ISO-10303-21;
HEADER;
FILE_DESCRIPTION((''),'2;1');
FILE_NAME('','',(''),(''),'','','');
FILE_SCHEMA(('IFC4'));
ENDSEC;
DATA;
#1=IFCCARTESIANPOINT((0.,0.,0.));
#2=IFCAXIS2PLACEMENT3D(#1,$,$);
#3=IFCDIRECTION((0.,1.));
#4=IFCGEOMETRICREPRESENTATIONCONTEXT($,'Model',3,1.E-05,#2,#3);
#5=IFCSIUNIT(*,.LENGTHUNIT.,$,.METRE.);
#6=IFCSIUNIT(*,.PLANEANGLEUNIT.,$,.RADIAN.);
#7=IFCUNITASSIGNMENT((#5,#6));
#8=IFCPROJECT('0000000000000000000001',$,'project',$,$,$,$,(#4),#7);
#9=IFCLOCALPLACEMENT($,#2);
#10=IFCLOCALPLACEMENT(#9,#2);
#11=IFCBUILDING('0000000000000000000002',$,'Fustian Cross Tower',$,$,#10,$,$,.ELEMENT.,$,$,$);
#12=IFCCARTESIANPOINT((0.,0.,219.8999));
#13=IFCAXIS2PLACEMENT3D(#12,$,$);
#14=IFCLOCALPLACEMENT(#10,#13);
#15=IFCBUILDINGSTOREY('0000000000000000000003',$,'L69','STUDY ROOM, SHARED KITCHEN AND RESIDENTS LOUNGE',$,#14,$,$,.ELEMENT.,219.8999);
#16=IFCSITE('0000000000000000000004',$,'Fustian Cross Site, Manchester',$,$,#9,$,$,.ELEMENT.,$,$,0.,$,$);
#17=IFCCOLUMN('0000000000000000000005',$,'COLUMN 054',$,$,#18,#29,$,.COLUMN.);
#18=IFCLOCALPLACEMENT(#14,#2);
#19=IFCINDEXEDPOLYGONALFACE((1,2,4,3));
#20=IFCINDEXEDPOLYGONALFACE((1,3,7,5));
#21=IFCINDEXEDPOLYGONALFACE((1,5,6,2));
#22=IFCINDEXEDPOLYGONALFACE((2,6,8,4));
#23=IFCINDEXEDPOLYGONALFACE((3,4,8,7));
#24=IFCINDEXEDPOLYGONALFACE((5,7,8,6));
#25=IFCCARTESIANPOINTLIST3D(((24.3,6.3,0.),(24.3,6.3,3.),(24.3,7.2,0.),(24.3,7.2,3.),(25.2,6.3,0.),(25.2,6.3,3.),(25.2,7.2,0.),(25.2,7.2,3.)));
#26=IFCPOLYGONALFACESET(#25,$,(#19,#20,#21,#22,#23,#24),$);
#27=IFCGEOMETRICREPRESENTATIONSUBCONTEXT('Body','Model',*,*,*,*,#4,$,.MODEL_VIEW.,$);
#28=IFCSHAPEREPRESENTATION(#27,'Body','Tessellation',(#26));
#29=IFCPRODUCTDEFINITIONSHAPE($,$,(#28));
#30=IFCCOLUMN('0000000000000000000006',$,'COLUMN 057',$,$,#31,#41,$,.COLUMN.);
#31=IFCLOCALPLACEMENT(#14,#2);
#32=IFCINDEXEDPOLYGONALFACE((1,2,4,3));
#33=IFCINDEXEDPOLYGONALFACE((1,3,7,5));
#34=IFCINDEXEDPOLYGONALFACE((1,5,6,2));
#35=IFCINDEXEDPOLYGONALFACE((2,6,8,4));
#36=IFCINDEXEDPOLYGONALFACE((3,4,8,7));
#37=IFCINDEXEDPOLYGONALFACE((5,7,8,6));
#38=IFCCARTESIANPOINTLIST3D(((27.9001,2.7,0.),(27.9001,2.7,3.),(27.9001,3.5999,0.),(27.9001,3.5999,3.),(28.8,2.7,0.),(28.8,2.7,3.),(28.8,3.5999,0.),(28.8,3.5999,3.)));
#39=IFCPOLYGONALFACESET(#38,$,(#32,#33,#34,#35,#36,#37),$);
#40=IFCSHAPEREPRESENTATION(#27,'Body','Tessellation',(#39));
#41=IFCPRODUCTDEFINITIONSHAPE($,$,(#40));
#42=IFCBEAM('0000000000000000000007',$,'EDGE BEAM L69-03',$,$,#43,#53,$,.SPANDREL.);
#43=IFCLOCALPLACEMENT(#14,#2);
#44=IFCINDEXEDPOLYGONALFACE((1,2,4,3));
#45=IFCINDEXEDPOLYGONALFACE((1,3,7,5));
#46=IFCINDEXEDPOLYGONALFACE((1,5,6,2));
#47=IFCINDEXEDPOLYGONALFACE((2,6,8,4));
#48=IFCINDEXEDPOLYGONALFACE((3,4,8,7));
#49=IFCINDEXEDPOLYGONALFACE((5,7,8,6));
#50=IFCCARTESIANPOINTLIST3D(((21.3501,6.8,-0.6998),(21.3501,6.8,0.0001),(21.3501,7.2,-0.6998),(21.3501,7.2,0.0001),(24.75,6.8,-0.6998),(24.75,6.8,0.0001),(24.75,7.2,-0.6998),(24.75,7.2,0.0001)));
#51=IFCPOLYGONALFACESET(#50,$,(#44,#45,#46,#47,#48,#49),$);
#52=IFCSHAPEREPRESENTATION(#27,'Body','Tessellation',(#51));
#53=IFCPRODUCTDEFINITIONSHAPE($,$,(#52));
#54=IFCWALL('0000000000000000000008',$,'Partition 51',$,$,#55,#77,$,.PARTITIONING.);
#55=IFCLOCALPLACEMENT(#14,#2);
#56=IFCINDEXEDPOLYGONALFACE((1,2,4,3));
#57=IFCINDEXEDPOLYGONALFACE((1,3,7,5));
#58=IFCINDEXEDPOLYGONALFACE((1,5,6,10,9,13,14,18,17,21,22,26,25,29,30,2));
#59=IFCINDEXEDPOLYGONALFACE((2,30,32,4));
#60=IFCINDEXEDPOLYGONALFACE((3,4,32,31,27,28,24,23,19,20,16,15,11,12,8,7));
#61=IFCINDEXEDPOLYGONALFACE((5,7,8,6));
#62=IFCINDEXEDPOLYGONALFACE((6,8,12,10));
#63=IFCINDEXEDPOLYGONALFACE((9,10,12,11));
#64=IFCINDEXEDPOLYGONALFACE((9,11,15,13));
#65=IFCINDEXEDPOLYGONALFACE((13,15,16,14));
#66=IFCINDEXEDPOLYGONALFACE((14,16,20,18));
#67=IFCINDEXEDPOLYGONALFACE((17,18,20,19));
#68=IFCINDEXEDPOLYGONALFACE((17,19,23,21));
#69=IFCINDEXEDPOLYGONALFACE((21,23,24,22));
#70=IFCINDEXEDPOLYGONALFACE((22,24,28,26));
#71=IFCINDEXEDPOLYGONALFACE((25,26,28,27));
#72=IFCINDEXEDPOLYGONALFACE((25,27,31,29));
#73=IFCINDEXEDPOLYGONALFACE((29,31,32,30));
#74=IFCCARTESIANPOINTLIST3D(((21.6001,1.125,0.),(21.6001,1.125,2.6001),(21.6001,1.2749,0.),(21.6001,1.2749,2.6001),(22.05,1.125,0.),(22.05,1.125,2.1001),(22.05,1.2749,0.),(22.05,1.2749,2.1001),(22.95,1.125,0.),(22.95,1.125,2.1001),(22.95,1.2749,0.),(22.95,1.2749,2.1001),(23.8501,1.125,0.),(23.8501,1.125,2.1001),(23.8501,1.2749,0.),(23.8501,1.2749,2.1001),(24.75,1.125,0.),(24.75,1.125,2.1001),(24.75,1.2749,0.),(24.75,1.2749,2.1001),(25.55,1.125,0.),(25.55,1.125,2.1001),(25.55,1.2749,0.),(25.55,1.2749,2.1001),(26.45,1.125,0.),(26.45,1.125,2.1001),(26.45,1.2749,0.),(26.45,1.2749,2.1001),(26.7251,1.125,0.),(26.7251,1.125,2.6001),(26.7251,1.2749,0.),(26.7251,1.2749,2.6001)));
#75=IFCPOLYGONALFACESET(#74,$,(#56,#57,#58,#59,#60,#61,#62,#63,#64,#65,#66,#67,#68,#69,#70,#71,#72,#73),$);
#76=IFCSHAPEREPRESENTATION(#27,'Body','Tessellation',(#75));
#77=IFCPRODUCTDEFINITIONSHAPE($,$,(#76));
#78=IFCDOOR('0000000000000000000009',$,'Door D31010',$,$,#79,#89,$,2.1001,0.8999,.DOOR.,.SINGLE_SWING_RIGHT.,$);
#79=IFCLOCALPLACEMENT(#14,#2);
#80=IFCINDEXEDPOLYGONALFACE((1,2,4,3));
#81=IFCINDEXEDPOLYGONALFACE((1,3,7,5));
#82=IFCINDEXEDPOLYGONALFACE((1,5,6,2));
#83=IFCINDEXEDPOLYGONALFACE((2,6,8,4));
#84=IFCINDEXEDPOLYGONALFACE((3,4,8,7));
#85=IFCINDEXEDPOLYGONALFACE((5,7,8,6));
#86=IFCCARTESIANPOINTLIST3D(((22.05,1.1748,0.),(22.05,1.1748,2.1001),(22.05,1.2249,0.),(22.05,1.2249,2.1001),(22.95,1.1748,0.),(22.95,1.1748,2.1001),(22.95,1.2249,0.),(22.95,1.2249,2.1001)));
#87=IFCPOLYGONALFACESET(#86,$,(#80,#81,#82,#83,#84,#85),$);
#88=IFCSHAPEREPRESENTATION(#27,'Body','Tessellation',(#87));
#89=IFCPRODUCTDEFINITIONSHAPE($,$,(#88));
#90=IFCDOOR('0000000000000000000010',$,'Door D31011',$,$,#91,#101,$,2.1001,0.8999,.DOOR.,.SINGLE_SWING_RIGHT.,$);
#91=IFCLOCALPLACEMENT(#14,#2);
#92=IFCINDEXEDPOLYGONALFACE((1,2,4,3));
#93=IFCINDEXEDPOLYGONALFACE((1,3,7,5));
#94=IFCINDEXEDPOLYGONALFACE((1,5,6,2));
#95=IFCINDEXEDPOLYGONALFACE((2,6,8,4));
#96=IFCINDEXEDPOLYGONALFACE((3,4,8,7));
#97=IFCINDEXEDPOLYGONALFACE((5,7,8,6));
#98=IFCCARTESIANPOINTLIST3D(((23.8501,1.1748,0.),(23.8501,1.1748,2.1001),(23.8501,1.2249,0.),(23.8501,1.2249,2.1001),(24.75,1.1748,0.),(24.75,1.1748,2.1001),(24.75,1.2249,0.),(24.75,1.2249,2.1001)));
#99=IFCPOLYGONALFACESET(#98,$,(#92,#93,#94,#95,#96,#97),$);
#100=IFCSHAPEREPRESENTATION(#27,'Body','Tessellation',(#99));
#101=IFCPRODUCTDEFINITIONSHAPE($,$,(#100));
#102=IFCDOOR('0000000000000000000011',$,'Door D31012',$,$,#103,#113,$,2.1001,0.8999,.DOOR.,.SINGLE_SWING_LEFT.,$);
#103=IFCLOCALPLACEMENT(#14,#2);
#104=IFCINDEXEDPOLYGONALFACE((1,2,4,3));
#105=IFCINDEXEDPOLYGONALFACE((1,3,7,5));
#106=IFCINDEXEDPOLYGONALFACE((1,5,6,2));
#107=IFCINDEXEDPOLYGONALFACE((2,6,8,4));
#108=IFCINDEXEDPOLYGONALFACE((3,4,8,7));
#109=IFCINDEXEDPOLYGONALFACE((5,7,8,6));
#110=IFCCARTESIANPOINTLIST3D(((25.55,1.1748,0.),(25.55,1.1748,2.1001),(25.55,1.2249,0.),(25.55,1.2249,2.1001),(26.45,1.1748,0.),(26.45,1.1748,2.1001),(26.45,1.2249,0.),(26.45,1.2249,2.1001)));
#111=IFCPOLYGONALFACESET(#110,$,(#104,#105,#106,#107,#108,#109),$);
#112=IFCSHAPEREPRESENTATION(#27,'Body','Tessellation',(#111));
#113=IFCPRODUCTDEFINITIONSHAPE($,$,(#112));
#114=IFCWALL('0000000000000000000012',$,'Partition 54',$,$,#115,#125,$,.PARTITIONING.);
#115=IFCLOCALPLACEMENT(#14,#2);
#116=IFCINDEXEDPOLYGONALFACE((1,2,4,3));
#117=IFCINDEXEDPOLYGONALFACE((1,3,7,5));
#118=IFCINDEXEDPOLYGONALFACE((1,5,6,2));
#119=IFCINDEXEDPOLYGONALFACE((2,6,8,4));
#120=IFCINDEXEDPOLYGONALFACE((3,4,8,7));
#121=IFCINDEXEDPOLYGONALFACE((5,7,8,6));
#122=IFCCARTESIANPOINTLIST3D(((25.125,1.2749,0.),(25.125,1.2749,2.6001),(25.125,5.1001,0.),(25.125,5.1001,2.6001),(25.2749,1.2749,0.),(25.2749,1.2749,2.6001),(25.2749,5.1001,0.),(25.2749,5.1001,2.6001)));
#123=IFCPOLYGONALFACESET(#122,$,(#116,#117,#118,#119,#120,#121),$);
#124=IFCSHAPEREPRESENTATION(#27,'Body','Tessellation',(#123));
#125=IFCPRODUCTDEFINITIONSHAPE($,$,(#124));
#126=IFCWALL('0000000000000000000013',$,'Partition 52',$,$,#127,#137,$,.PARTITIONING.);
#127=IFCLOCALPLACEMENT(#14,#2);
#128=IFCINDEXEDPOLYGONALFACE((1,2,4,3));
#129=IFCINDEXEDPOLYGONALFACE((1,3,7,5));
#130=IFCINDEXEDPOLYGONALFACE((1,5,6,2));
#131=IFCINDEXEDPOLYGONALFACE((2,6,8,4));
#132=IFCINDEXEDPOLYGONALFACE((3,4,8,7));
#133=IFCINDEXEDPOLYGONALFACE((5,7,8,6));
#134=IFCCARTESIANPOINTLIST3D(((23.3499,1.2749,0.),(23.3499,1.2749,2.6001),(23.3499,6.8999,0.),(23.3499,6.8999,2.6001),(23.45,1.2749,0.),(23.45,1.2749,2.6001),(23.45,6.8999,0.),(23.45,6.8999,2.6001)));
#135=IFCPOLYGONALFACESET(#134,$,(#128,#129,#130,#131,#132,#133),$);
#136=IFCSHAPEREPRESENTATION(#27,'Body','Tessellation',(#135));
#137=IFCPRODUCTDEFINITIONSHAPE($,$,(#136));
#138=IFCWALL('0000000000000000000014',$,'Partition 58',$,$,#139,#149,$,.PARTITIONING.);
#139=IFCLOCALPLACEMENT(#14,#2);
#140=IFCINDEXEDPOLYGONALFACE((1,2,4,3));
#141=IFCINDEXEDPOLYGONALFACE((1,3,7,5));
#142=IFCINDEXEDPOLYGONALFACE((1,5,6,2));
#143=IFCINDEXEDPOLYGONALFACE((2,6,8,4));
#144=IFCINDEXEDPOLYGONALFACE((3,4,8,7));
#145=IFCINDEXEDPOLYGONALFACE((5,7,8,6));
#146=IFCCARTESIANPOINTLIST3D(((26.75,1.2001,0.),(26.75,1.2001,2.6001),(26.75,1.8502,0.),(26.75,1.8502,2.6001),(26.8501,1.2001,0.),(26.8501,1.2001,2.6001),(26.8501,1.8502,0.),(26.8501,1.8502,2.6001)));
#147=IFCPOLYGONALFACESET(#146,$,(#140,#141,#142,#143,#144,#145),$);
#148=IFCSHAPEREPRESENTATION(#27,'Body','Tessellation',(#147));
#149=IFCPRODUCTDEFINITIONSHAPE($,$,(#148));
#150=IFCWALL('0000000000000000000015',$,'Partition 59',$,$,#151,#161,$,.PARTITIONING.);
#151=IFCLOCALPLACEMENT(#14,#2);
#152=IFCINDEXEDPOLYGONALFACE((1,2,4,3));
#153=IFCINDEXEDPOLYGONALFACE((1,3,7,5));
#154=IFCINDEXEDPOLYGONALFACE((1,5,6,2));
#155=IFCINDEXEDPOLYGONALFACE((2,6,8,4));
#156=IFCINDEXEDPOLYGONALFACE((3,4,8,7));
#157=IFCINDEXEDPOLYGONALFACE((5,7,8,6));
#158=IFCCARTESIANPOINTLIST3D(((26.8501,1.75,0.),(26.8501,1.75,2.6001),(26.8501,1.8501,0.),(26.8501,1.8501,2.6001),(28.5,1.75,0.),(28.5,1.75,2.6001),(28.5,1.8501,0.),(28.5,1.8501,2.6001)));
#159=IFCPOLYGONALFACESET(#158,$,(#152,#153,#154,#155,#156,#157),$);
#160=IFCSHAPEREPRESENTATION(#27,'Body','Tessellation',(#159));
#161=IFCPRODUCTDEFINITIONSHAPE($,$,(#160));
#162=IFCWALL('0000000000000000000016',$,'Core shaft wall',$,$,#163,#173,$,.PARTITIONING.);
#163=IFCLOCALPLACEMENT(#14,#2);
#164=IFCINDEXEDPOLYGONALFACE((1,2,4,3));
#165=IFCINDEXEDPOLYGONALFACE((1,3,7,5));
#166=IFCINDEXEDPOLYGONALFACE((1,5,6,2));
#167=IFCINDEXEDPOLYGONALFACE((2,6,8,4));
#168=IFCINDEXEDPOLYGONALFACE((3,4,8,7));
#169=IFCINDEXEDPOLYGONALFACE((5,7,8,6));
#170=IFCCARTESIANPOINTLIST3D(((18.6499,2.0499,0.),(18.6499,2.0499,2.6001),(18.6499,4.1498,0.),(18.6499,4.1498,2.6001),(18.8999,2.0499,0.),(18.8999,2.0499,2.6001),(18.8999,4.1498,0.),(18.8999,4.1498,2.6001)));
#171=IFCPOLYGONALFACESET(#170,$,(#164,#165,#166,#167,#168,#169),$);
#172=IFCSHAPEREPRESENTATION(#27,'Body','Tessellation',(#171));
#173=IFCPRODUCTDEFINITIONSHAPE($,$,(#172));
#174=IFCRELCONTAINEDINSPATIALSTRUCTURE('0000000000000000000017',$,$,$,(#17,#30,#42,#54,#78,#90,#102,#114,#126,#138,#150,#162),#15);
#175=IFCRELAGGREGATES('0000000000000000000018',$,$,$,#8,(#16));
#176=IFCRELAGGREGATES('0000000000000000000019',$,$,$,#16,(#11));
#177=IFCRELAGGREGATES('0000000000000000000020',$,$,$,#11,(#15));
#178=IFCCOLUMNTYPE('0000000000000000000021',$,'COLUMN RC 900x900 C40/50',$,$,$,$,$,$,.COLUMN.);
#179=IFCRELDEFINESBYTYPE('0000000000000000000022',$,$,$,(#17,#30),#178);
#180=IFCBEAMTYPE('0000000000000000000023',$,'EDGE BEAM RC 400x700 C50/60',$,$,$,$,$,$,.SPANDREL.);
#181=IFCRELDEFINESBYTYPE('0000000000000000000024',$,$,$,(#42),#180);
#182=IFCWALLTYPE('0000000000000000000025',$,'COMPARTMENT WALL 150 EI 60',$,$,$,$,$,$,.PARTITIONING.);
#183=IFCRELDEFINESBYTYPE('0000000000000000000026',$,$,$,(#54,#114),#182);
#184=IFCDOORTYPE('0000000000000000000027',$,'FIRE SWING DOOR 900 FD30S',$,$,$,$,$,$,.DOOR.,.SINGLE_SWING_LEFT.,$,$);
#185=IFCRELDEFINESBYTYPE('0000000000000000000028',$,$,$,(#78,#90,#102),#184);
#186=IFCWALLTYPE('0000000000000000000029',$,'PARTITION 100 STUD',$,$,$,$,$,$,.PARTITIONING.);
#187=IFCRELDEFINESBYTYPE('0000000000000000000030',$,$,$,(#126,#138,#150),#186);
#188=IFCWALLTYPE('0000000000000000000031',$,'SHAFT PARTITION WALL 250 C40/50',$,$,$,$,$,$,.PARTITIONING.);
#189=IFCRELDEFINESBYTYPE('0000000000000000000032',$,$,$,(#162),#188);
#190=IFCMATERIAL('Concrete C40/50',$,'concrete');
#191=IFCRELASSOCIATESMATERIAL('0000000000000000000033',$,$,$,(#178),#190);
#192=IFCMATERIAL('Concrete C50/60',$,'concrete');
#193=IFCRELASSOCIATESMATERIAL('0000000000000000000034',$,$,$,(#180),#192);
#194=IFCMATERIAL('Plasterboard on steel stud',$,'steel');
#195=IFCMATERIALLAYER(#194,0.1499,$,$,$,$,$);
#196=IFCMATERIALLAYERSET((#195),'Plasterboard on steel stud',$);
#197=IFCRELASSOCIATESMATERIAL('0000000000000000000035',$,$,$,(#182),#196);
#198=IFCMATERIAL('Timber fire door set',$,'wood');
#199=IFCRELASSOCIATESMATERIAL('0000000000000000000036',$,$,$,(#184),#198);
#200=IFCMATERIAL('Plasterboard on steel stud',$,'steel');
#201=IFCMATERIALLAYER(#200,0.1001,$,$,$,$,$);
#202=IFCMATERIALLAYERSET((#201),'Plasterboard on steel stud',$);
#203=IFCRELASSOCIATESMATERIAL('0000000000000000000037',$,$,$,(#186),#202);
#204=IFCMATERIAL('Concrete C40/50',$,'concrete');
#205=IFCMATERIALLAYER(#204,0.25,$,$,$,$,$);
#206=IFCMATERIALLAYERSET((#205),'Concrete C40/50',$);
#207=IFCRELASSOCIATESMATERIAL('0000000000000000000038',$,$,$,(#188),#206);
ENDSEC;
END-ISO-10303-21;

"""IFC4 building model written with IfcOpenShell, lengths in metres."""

from ifc_helpers import new_model, si_unit, direction, frame, frame_2d, origin, origin_2d, place, context, subcontext, project, spatial, rectangle, extrude, material, layer, layer_set, material_profile, profile_set, type_object, element, fill, save


model = new_model("IFC4")

# Units and contexts
model_context = context("Model", 3, precision=1e-05, world=origin(), true_north=direction((0.0, 1.0)))
body_context = subcontext(model_context, "Body", "Model", "MODEL_VIEW")
ifc_project = project(units=[si_unit("LENGTHUNIT", "METRE"), si_unit("PLANEANGLEUNIT", "RADIAN")], contexts=[model_context])

# Site, building, storey
site_placement = place(None, origin())
site = spatial("IfcSite", under=ifc_project, at=site_placement, Name="Fustian Cross Site, Manchester", CompositionType="ELEMENT", RefElevation=0.0)
building_placement = place(site_placement, origin())
building = spatial("IfcBuilding", under=site, at=building_placement, Name="Fustian Cross Tower", CompositionType="ELEMENT")
storey_placement = place(building_placement, frame((0.0, 0.0, 219.8999)))
storey = spatial("IfcBuildingStorey", under=building, at=storey_placement, Name="L69", Description="STUDY ROOM, SHARED KITCHEN AND RESIDENTS LOUNGE", CompositionType="ELEMENT", Elevation=219.8999)

# Columns
ifc_material_1 = material(Name="Concrete C40/50", Category="concrete")
ifc_material_profile_1 = material_profile(ifc_material_1, rectangle(XDim=0.8999, YDim=0.8999, at=origin_2d()), Name="RC 900x900")
ifc_profile_set_1 = profile_set([ifc_material_profile_1], Name="Concrete C40/50")
column_type = type_object("IfcColumnType", Name="COLUMN RC 900x900 C40/50", PredefinedType="COLUMN", material=ifc_profile_set_1)
for number, where, z_axis, x_axis, name in (
    (1, (24.75, 6.75, 0.0), (0.0, 0.0, 1.0), (1.0, 0.0, 0.0), "COLUMN 054"),
    (2, (28.3501, 3.1499, 0.0), (0.0, 0.0, 1.0), (1.0, 0.0, 0.0), "COLUMN 057"),
):
    element("IfcColumn", number, at=place(storey_placement, frame(where, z_axis=z_axis, x_axis=x_axis)), inside=storey, type_object=column_type, Name=name, PredefinedType="COLUMN", context=body_context, shape_type="SweptSolid", body=[
        extrude(rectangle(XDim=0.8999, YDim=0.8999, at=origin_2d()), origin(), (0.0, 0.0, 1.0), 3.0),
    ])

# Beam
ifc_material_2 = material(Name="Concrete C50/60", Category="concrete")
ifc_material_profile_2 = material_profile(ifc_material_2, rectangle(XDim=0.3999, YDim=0.7, at=origin_2d()), Name="RC 400x700")
ifc_profile_set_2 = profile_set([ifc_material_profile_2], Name="Concrete C50/60")
beam_type = type_object("IfcBeamType", Name="EDGE BEAM RC 400x700 C50/60", PredefinedType="SPANDREL", material=ifc_profile_set_2)
beam_placement = place(storey_placement, frame((24.75, 7.0, -0.3499), z_axis=(-1.0, 0.0, 0.0), x_axis=(0.0, -1.0, 0.0)))
element("IfcBeam", 3, at=beam_placement, inside=storey, type_object=beam_type, Name="EDGE BEAM L69-03", PredefinedType="SPANDREL", context=body_context, shape_type="SweptSolid", body=[
    extrude(rectangle(XDim=0.3999, YDim=0.7, at=origin_2d()), origin(), (0.0, 0.0, 1.0), 3.3999),
])

# Wall, openings, doors
ifc_material_3 = material(Name="Plasterboard on steel stud", Category="steel")
ifc_layer_1 = layer(ifc_material_3, 0.1499)
ifc_layer_set_1 = layer_set([ifc_layer_1], Name="Plasterboard on steel stud")
wall_type_1 = type_object("IfcWallType", Name="COMPARTMENT WALL 150 EI 60", PredefinedType="PARTITIONING", material=ifc_layer_set_1)
wall_1_placement = place(storey_placement, frame((21.6001, 1.2, 0.0), z_axis=(0.0, 0.0, 1.0), x_axis=(1.0, 0.0, 0.0)))
wall_1 = element("IfcWall", 4, at=wall_1_placement, inside=storey, type_object=wall_type_1, Name="Partition 51", PredefinedType="PARTITIONING", context=body_context, shape_type="SweptSolid", body=[
    extrude(rectangle(XDim=5.125, YDim=0.1499, at=frame_2d((2.5625, 0.0))), origin(), (0.0, 0.0, 1.0), 2.6001),
])
opening_1_placement = place(wall_1_placement, frame((0.45, 0.0, 0.0)))
opening_1 = element("IfcOpeningElement", 5, at=opening_1_placement, cuts=wall_1, PredefinedType="OPENING", context=body_context, shape_type="SweptSolid", body=[
    extrude(rectangle(XDim=0.8999, YDim=2.1001, at=frame_2d((0.45, 1.05))), frame((0.0, 0.085, 0.0), z_axis=(0.0, -1.0, 0.0), x_axis=(1.0, 0.0, 0.0)), (0.0, 0.0, 1.0), 0.1699),
])
opening_2_placement = place(wall_1_placement, frame((2.25, 0.0, 0.0)))
opening_2 = element("IfcOpeningElement", 6, at=opening_2_placement, cuts=wall_1, PredefinedType="OPENING", context=body_context, shape_type="SweptSolid", body=[
    extrude(rectangle(XDim=0.8999, YDim=2.1001, at=frame_2d((0.45, 1.05))), frame((0.0, 0.085, 0.0), z_axis=(0.0, -1.0, 0.0), x_axis=(1.0, 0.0, 0.0)), (0.0, 0.0, 1.0), 0.1699),
])
opening_3_placement = place(wall_1_placement, frame((3.95, 0.0, 0.0)))
opening_3 = element("IfcOpeningElement", 7, at=opening_3_placement, cuts=wall_1, PredefinedType="OPENING", context=body_context, shape_type="SweptSolid", body=[
    extrude(rectangle(XDim=0.8999, YDim=2.1001, at=frame_2d((0.45, 1.05))), frame((0.0, 0.085, 0.0), z_axis=(0.0, -1.0, 0.0), x_axis=(1.0, 0.0, 0.0)), (0.0, 0.0, 1.0), 0.1699),
])
ifc_material_4 = material(Name="Timber fire door set", Category="wood")
door_type = type_object("IfcDoorType", Name="FIRE SWING DOOR 900 FD30S", OperationType="SINGLE_SWING_LEFT", PredefinedType="DOOR", material=ifc_material_4)
door_1_placement = place(opening_1_placement, origin())
door_1 = element("IfcDoor", 8, at=door_1_placement, inside=storey, type_object=door_type, Name="Door D31010", OperationType="SINGLE_SWING_RIGHT", OverallHeight=2.1001, OverallWidth=0.8999, PredefinedType="DOOR", context=body_context, shape_type="SweptSolid", body=[
    extrude(rectangle(XDim=0.8999, YDim=2.1001, at=frame_2d((0.45, 1.05))), frame((0.0, 0.0249, 0.0), z_axis=(0.0, -1.0, 0.0), x_axis=(1.0, 0.0, 0.0)), (0.0, 0.0, 1.0), 0.05),
])
fill(opening_1, door_1)
door_2_placement = place(opening_2_placement, origin())
door_2 = element("IfcDoor", 9, at=door_2_placement, inside=storey, type_object=door_type, Name="Door D31011", OperationType="SINGLE_SWING_RIGHT", OverallHeight=2.1001, OverallWidth=0.8999, PredefinedType="DOOR", context=body_context, shape_type="SweptSolid", body=[
    extrude(rectangle(XDim=0.8999, YDim=2.1001, at=frame_2d((0.45, 1.05))), frame((0.0, 0.0249, 0.0), z_axis=(0.0, -1.0, 0.0), x_axis=(1.0, 0.0, 0.0)), (0.0, 0.0, 1.0), 0.05),
])
fill(opening_2, door_2)
door_3_placement = place(opening_3_placement, origin())
door_3 = element("IfcDoor", 10, at=door_3_placement, inside=storey, type_object=door_type, Name="Door D31012", OperationType="SINGLE_SWING_LEFT", OverallHeight=2.1001, OverallWidth=0.8999, PredefinedType="DOOR", context=body_context, shape_type="SweptSolid", body=[
    extrude(rectangle(XDim=0.8999, YDim=2.1001, at=frame_2d((0.45, 1.05))), frame((0.0, 0.0249, 0.0), z_axis=(0.0, -1.0, 0.0), x_axis=(1.0, 0.0, 0.0)), (0.0, 0.0, 1.0), 0.05),
])
fill(opening_3, door_3)

# Walls
wall_2_placement = place(storey_placement, frame((25.2, 1.2749, 0.0), z_axis=(0.0, 0.0, 1.0), x_axis=(0.0, 1.0, 0.0)))
element("IfcWall", 11, at=wall_2_placement, inside=storey, type_object=wall_type_1, Name="Partition 54", PredefinedType="PARTITIONING", context=body_context, shape_type="SweptSolid", body=[
    extrude(rectangle(XDim=3.8252, YDim=0.1499, at=frame_2d((1.9126, 0.0))), origin(), (0.0, 0.0, 1.0), 2.6001),
])
ifc_material_5 = material(Name="Plasterboard on steel stud", Category="steel")
ifc_layer_2 = layer(ifc_material_5, 0.1001)
ifc_layer_set_2 = layer_set([ifc_layer_2], Name="Plasterboard on steel stud")
wall_type_2 = type_object("IfcWallType", Name="PARTITION 100 STUD", PredefinedType="PARTITIONING", material=ifc_layer_set_2)
wall_3_placement = place(storey_placement, frame((23.3999, 1.2749, 0.0), z_axis=(0.0, 0.0, 1.0), x_axis=(0.0, 1.0, 0.0)))
element("IfcWall", 12, at=wall_3_placement, inside=storey, type_object=wall_type_2, Name="Partition 52", PredefinedType="PARTITIONING", context=body_context, shape_type="SweptSolid", body=[
    extrude(rectangle(XDim=5.625, YDim=0.1001, at=frame_2d((2.8125, 0.0))), origin(), (0.0, 0.0, 1.0), 2.6001),
])
wall_4_placement = place(storey_placement, frame((26.8, 1.2, 0.0), z_axis=(0.0, 0.0, 1.0), x_axis=(0.0, 1.0, 0.0)))
element("IfcWall", 13, at=wall_4_placement, inside=storey, type_object=wall_type_2, Name="Partition 58", PredefinedType="PARTITIONING", context=body_context, shape_type="SweptSolid", body=[
    extrude(rectangle(XDim=0.6501, YDim=0.1001, at=frame_2d((0.3252, 0.0))), origin(), (0.0, 0.0, 1.0), 2.6001),
])
wall_5_placement = place(storey_placement, frame((26.8501, 1.8, 0.0), z_axis=(0.0, 0.0, 1.0), x_axis=(1.0, 0.0, 0.0)))
element("IfcWall", 14, at=wall_5_placement, inside=storey, type_object=wall_type_2, Name="Partition 59", PredefinedType="PARTITIONING", context=body_context, shape_type="SweptSolid", body=[
    extrude(rectangle(XDim=1.6499, YDim=0.1001, at=frame_2d((0.825, 0.0))), origin(), (0.0, 0.0, 1.0), 2.6001),
])
ifc_material_6 = material(Name="Concrete C40/50", Category="concrete")
ifc_layer_3 = layer(ifc_material_6, 0.25)
ifc_layer_set_3 = layer_set([ifc_layer_3], Name="Concrete C40/50")
wall_type_3 = type_object("IfcWallType", Name="SHAFT PARTITION WALL 250 C40/50", PredefinedType="PARTITIONING", material=ifc_layer_set_3)
wall_6_placement = place(storey_placement, frame((18.7749, 2.05, 0.0), z_axis=(0.0, 0.0, 1.0), x_axis=(0.0, 1.0, 0.0)))
element("IfcWall", 15, at=wall_6_placement, inside=storey, type_object=wall_type_3, Name="Core shaft wall", PredefinedType="PARTITIONING", context=body_context, shape_type="SweptSolid", body=[
    extrude(rectangle(XDim=2.0999, YDim=0.25, at=frame_2d((1.0498, 0.0))), origin(), (0.0, 0.0, 1.0), 2.6001),
])

save(model, "model.ifc")
